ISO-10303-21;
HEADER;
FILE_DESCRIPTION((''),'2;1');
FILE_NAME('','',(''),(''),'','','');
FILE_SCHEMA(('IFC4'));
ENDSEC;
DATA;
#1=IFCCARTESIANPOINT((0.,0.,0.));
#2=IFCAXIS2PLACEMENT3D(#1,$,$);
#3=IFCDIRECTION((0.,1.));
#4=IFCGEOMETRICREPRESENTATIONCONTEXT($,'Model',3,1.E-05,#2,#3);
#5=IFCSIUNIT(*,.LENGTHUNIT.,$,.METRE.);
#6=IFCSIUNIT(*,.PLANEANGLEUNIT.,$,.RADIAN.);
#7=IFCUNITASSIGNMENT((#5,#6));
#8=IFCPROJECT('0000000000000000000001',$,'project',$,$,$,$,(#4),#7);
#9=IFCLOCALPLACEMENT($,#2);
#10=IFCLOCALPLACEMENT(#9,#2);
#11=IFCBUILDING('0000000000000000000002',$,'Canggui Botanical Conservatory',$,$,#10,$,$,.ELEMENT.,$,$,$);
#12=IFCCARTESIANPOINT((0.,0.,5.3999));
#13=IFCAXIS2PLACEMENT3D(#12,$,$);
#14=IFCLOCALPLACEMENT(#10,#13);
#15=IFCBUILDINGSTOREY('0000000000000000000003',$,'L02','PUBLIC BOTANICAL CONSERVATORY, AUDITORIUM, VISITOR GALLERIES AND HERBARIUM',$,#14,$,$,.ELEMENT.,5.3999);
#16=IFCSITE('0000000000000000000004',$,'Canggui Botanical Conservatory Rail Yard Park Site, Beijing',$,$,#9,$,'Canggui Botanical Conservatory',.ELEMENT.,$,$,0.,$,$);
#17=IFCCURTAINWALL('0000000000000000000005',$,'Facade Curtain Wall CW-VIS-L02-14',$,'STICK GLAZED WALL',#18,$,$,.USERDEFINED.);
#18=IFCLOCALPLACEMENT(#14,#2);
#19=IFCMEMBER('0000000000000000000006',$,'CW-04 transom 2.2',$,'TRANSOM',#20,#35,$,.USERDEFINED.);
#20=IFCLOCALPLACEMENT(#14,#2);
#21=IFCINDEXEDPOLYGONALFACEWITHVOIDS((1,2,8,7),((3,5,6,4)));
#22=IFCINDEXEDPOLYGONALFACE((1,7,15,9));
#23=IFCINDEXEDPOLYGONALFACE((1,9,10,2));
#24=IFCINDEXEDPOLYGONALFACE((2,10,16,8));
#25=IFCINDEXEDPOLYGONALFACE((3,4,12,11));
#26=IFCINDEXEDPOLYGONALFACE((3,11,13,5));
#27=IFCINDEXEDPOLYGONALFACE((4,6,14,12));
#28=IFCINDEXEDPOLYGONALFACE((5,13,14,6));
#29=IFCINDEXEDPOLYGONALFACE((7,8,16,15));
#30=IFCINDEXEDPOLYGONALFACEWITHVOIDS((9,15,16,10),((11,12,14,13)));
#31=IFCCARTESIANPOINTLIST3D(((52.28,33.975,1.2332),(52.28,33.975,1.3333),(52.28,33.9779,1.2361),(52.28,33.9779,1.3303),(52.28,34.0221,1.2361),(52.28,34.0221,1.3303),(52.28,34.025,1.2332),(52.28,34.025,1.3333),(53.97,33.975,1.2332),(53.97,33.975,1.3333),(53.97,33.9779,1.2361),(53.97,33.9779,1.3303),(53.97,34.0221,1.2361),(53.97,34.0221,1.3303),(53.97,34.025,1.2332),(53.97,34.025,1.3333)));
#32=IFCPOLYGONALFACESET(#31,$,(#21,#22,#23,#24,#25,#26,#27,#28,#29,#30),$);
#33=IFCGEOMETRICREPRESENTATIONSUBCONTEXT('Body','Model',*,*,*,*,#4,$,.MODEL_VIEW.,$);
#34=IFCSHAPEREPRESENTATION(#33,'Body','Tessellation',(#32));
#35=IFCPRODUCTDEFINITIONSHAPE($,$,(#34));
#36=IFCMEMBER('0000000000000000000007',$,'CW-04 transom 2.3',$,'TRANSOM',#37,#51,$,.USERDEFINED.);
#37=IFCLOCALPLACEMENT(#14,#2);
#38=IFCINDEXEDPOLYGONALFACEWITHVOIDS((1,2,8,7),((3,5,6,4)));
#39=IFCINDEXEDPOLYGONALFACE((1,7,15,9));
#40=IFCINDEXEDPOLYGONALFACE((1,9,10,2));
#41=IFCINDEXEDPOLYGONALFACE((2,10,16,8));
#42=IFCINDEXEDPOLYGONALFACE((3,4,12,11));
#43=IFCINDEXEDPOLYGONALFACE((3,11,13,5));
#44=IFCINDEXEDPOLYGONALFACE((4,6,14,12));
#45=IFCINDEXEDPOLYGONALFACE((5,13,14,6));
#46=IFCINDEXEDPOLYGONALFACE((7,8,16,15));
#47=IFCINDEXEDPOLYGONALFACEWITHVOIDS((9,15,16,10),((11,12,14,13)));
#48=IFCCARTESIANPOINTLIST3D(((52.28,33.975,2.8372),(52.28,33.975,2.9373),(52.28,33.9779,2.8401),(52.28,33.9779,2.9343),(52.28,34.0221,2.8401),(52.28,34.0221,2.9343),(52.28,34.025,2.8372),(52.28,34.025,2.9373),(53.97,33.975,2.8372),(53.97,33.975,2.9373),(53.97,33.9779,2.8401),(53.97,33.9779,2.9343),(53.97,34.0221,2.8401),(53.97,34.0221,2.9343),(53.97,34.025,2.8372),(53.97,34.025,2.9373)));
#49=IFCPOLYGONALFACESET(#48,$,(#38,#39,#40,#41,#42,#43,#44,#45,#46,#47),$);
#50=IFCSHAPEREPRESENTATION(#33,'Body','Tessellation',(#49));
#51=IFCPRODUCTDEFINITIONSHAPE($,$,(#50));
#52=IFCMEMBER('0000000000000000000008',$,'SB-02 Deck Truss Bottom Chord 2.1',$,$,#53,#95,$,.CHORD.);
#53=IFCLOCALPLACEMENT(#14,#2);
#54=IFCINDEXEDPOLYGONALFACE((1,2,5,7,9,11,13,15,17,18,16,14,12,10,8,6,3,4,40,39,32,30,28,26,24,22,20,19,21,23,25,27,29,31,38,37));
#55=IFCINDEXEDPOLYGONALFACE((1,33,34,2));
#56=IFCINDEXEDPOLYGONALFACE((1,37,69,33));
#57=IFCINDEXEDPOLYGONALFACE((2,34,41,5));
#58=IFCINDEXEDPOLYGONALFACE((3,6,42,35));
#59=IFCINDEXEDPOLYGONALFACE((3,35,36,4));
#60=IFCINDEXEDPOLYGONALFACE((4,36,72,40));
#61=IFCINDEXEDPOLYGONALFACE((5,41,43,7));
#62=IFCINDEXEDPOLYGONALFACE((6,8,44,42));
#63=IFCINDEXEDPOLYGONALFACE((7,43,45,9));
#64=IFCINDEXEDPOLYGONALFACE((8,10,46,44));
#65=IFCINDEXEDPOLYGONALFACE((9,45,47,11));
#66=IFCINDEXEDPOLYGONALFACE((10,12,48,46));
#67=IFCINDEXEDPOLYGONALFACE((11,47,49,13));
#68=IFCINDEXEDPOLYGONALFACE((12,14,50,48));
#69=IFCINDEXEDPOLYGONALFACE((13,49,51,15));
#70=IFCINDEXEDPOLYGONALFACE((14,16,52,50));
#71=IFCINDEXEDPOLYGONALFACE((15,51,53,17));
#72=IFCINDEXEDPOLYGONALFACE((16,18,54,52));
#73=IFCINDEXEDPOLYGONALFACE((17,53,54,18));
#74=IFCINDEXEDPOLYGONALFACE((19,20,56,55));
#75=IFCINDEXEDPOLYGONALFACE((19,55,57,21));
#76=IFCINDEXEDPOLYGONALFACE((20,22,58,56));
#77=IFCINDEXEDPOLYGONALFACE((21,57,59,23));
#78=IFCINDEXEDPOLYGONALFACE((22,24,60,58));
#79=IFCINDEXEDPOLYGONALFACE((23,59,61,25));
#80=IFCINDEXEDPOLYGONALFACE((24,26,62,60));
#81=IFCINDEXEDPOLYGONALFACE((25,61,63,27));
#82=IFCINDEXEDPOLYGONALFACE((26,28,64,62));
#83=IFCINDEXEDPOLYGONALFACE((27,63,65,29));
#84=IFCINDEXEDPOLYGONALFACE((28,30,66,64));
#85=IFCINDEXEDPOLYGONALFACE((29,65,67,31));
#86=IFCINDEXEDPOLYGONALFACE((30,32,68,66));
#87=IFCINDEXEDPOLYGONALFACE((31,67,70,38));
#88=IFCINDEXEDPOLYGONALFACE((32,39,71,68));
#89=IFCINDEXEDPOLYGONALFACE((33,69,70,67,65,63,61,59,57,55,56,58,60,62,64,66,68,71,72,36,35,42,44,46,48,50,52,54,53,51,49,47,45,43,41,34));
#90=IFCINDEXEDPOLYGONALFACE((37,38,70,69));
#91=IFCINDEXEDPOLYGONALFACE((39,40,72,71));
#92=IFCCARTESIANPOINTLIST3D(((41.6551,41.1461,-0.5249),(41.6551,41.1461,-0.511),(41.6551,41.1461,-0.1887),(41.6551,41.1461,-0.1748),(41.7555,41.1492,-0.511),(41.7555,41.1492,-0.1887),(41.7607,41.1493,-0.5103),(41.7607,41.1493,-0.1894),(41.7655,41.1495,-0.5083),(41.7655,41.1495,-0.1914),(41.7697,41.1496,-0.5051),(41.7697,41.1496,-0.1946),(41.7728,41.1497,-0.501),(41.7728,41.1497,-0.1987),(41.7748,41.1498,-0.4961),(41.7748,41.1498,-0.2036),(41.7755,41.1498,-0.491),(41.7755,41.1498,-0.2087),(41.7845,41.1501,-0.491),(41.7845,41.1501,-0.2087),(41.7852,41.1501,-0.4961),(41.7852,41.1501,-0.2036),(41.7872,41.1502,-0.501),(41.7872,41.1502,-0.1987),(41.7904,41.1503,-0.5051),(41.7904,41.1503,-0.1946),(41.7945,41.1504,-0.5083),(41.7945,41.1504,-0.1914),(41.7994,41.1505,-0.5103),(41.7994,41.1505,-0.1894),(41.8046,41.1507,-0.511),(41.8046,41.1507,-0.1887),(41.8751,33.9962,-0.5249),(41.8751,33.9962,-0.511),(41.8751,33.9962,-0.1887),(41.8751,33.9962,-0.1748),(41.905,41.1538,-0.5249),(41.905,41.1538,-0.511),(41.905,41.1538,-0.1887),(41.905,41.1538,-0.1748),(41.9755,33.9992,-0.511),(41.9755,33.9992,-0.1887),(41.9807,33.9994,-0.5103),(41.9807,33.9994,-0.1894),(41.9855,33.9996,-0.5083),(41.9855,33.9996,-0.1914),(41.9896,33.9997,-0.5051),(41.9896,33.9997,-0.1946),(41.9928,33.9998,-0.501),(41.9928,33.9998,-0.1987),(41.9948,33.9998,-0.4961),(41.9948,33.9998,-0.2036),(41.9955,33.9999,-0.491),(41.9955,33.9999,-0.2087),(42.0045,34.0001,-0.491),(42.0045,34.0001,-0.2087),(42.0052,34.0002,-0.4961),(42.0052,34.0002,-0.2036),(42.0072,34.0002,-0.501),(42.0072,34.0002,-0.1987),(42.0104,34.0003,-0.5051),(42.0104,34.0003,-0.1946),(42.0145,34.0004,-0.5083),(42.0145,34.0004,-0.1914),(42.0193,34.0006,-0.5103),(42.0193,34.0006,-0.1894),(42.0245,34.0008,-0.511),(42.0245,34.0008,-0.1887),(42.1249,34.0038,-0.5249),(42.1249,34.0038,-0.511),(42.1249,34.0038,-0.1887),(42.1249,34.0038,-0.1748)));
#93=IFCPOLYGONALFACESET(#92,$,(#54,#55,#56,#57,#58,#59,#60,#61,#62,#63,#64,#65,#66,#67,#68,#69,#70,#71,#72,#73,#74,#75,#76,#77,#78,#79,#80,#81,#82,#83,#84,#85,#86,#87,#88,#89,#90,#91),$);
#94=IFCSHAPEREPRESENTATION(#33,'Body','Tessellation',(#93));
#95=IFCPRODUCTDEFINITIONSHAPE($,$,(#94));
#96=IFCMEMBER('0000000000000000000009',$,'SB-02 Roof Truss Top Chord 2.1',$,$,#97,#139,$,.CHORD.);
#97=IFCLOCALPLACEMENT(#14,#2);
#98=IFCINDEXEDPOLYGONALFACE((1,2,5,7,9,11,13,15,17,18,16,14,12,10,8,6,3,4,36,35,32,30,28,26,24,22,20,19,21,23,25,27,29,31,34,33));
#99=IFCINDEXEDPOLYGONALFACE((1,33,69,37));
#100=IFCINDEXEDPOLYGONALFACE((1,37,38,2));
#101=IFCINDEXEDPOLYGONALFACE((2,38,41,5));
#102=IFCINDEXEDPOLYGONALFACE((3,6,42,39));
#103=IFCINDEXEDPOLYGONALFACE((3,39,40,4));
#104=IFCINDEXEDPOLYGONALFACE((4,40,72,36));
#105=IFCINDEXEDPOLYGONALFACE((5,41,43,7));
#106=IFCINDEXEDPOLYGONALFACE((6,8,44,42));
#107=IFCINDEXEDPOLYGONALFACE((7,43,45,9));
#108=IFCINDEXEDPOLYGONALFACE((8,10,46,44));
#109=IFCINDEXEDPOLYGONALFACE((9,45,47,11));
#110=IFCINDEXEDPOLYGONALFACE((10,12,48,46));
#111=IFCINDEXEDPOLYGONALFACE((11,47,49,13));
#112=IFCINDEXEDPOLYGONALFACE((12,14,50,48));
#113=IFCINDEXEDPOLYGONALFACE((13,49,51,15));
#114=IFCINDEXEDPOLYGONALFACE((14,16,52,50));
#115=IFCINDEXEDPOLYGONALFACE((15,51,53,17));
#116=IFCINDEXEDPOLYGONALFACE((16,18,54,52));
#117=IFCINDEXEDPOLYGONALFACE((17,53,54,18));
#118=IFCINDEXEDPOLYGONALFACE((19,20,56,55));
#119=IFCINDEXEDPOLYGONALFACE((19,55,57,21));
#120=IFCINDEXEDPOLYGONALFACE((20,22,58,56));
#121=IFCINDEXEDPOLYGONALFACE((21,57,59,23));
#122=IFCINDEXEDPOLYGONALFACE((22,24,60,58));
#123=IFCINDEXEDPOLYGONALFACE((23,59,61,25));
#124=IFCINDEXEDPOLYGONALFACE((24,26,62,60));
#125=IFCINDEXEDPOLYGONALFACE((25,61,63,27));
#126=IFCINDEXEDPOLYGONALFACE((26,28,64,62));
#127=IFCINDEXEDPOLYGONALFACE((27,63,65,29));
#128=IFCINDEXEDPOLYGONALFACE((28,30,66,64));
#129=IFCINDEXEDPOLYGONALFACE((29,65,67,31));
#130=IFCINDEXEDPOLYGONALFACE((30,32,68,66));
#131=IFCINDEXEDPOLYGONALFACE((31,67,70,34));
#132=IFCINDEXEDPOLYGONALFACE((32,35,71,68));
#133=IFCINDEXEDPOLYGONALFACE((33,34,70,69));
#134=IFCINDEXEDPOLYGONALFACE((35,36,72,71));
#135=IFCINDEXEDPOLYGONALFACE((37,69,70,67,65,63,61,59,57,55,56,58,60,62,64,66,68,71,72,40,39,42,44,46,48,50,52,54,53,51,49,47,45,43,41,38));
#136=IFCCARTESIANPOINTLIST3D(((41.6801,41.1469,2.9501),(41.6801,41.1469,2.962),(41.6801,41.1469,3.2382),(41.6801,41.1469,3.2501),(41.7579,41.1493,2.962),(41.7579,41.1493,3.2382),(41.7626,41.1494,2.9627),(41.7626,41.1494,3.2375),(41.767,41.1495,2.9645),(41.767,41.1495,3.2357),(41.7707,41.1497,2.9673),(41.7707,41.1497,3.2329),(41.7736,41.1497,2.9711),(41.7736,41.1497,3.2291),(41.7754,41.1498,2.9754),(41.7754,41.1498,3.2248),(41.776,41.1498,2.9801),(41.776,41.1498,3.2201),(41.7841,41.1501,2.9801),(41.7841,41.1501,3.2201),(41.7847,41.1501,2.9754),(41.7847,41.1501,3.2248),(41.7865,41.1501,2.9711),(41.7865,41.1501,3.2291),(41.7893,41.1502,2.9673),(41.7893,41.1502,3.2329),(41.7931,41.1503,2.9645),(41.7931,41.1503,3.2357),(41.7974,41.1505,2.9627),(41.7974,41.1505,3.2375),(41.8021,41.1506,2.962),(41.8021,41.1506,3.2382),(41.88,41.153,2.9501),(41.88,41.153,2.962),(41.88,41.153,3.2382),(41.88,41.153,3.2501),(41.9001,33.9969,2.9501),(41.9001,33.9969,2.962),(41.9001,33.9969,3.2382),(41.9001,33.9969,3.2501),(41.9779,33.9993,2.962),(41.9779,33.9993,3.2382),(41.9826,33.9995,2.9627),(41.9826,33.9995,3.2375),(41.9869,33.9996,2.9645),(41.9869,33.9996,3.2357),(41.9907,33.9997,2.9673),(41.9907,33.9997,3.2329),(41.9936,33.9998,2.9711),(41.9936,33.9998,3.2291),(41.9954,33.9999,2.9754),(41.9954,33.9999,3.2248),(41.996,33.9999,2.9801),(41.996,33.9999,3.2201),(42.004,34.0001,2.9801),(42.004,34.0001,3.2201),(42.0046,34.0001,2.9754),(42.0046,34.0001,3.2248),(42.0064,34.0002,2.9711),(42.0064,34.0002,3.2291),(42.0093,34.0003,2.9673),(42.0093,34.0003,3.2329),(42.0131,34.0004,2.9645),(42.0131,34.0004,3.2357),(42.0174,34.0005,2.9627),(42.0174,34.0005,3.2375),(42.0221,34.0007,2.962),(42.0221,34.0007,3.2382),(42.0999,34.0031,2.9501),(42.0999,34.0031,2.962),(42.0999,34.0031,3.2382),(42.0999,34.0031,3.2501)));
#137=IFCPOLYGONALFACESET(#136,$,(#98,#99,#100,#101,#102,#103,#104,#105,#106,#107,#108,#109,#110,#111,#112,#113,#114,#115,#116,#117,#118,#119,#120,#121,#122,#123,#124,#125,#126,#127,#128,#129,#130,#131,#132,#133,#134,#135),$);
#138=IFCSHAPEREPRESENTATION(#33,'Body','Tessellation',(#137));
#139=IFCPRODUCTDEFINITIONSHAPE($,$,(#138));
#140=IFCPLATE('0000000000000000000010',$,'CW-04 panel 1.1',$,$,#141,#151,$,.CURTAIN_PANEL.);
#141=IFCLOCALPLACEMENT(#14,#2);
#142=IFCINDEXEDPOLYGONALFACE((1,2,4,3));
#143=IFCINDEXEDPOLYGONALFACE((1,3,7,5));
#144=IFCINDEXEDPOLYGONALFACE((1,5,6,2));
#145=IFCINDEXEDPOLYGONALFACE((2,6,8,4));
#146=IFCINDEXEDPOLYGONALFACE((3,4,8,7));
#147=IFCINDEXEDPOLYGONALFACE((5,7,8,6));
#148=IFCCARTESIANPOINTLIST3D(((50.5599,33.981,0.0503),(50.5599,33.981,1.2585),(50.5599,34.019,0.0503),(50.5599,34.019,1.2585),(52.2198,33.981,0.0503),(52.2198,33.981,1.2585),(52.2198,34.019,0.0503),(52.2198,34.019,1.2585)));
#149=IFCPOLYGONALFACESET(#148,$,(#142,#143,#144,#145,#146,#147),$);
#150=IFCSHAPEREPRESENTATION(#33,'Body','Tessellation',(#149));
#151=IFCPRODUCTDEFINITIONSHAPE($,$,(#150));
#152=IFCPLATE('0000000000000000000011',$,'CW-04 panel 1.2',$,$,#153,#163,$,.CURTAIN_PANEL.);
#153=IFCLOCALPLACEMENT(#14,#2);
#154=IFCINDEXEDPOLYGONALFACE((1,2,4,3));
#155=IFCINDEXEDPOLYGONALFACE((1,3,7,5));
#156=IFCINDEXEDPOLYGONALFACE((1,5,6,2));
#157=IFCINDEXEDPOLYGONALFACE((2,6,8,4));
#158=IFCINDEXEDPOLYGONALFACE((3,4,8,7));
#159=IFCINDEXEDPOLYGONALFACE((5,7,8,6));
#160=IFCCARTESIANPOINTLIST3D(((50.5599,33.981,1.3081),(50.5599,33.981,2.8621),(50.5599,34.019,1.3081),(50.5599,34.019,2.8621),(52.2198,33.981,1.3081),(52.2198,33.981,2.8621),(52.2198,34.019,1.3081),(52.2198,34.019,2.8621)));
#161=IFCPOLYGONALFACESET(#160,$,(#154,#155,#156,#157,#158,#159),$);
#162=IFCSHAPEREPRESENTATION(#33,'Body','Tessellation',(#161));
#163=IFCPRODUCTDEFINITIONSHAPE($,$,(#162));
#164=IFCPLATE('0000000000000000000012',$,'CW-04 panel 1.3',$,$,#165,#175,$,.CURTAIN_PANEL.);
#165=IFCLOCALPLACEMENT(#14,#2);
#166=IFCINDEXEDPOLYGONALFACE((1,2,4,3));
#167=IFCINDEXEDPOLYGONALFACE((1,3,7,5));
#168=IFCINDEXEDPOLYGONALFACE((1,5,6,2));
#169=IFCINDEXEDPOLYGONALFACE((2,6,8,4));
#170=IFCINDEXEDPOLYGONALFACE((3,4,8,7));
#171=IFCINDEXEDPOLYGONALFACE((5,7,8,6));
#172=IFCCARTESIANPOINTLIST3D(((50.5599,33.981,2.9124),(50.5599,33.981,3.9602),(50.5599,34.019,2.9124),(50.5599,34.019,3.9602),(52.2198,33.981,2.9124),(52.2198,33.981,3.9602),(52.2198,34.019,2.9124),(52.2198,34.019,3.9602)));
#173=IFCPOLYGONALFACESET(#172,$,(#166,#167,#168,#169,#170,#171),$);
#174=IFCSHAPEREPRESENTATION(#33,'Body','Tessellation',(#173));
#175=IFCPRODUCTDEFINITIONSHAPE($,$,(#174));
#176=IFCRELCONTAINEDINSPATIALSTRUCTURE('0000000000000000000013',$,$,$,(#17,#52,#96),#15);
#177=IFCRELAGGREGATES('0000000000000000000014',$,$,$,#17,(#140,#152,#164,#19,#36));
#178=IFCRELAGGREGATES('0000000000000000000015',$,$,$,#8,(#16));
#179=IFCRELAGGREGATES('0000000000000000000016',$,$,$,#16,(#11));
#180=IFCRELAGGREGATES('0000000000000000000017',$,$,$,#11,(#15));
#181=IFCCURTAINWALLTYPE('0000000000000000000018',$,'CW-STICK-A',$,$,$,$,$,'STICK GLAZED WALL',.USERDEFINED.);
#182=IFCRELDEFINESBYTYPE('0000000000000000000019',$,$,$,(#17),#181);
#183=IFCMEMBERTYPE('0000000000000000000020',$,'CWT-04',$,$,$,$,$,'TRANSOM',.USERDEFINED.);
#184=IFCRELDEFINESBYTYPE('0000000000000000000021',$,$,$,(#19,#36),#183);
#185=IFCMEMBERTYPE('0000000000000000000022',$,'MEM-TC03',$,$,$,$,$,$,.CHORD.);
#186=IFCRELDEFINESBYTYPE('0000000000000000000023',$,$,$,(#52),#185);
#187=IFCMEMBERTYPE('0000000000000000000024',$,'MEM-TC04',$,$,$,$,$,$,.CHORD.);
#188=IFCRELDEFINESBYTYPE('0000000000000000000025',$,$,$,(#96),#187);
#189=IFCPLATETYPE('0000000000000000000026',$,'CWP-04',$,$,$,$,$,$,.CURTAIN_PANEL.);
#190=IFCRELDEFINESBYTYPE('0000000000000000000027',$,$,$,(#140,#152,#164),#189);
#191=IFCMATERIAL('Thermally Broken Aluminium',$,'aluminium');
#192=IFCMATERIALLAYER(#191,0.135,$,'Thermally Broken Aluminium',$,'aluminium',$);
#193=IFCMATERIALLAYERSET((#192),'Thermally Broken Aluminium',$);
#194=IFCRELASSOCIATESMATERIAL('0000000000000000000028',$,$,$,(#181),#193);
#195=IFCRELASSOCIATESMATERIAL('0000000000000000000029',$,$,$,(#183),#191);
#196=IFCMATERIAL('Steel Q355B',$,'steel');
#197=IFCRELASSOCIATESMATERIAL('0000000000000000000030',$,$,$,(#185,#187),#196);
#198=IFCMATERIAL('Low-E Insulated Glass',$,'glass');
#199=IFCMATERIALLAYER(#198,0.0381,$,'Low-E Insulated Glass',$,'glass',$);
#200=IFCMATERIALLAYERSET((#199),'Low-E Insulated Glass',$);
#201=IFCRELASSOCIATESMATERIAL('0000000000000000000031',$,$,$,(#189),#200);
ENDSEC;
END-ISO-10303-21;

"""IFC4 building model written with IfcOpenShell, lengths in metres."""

from ifc_helpers import new_model, si_unit, direction, frame, origin, origin_2d, place, context, subcontext, project, spatial, rectangle, hollow_rectangle, i_section, extrude, material, layer, layer_set, material_profile, profile_set, type_object, element, aggregate, save


model = new_model("IFC4")

# Units and contexts
model_context = context("Model", 3, precision=1e-05, world=origin(), true_north=direction((0.0, 1.0)))
body_context = subcontext(model_context, "Body", "Model", "MODEL_VIEW")
ifc_project = project(units=[si_unit("LENGTHUNIT", "METRE"), si_unit("PLANEANGLEUNIT", "RADIAN")], contexts=[model_context])

# Site, building, storey
site_placement = place(None, origin())
site = spatial("IfcSite", under=ifc_project, at=site_placement, Name="Canggui Botanical Conservatory Rail Yard Park Site, Beijing", LongName="Canggui Botanical Conservatory", CompositionType="ELEMENT", RefElevation=0.0)
building_placement = place(site_placement, origin())
building = spatial("IfcBuilding", under=site, at=building_placement, Name="Canggui Botanical Conservatory", CompositionType="ELEMENT")
storey_placement = place(building_placement, frame((0.0, 0.0, 5.3999)))
storey = spatial("IfcBuildingStorey", under=building, at=storey_placement, Name="L02", Description="PUBLIC BOTANICAL CONSERVATORY, AUDITORIUM, VISITOR GALLERIES AND HERBARIUM", CompositionType="ELEMENT", Elevation=5.3999)

# Shared definitions
ifc_material_1 = material(Name="Steel Q355B", Category="steel")

# Curtain wall, members
ifc_material_2 = material(Name="Thermally Broken Aluminium", Category="aluminium")
ifc_layer_1 = layer(ifc_material_2, 0.135, Name="Thermally Broken Aluminium", Category="aluminium")
ifc_layer_set_1 = layer_set([ifc_layer_1], Name="Thermally Broken Aluminium")
curtain_wall_type = type_object("IfcCurtainWallType", Name="CW-STICK-A", ElementType="STICK GLAZED WALL", PredefinedType="USERDEFINED", material=ifc_layer_set_1)
curtain_wall_placement = place(storey_placement, origin())
curtain_wall = element("IfcCurtainWall", 1, at=curtain_wall_placement, inside=storey, type_object=curtain_wall_type, Name="Facade Curtain Wall CW-VIS-L02-14", ObjectType="STICK GLAZED WALL", PredefinedType="USERDEFINED")
ifc_material_profile_1 = material_profile(ifc_material_2, hollow_rectangle(XDim=0.05, YDim=0.1001, WallThickness=0.0029, at=origin_2d()), Name="CWT 50x100x3")
ifc_profile_set_1 = profile_set([ifc_material_profile_1], Name="Thermally Broken Aluminium")
member_type_1 = type_object("IfcMemberType", Name="CWT-04", ElementType="TRANSOM", PredefinedType="USERDEFINED", material=ifc_profile_set_1)
member_1_placement = place(storey_placement, frame((52.28, 34.0, 1.2832), z_axis=(1.0, 0.0, 0.0), x_axis=(0.0, 1.0, 0.0)))
member_1 = element("IfcMember", 2, at=member_1_placement, type_object=member_type_1, Name="CW-04 transom 2.2", ObjectType="TRANSOM", PredefinedType="USERDEFINED", context=body_context, shape_type="SweptSolid", body=[
    extrude(hollow_rectangle(XDim=0.05, YDim=0.1001, WallThickness=0.0029, at=origin_2d()), origin(), (0.0, 0.0, 1.0), 1.6899),
])
member_2_placement = place(storey_placement, frame((52.28, 34.0, 2.8872), z_axis=(1.0, 0.0, 0.0), x_axis=(0.0, 1.0, 0.0)))
member_2 = element("IfcMember", 3, at=member_2_placement, type_object=member_type_1, Name="CW-04 transom 2.3", ObjectType="TRANSOM", PredefinedType="USERDEFINED", context=body_context, shape_type="SweptSolid", body=[
    extrude(hollow_rectangle(XDim=0.05, YDim=0.1001, WallThickness=0.0029, at=origin_2d()), origin(), (0.0, 0.0, 1.0), 1.6899),
])

# Members
ifc_material_profile_2 = material_profile(ifc_material_1, i_section(OverallWidth=0.25, OverallDepth=0.3501, WebThickness=0.009, FlangeThickness=0.0139, FilletRadius=0.02, at=origin_2d()), Name="HM 350x250x9x14")
ifc_profile_set_2 = profile_set([ifc_material_profile_2], Name="Steel Q355B")
member_type_2 = type_object("IfcMemberType", Name="MEM-TC03", PredefinedType="CHORD", material=ifc_profile_set_2)
member_3_placement = place(storey_placement, frame((42.0, 34.0, -0.3499), z_axis=(-0.030751, 0.999527, 0.0), x_axis=(-0.999527, -0.030751, 0.0)))
element("IfcMember", 4, at=member_3_placement, inside=storey, type_object=member_type_2, Name="SB-02 Deck Truss Bottom Chord 2.1", PredefinedType="CHORD", context=body_context, shape_type="SweptSolid", body=[
    extrude(i_section(OverallWidth=0.25, OverallDepth=0.3501, WebThickness=0.009, FlangeThickness=0.0139, FilletRadius=0.02, at=origin_2d()), origin(), (0.0, 0.0, 1.0), 7.1533),
])
ifc_material_profile_3 = material_profile(ifc_material_1, i_section(OverallWidth=0.2, OverallDepth=0.3, WebThickness=0.0081, FlangeThickness=0.012, FilletRadius=0.0181, at=origin_2d()), Name="HM 300x200x8x12")
ifc_profile_set_3 = profile_set([ifc_material_profile_3], Name="Steel Q355B")
member_type_3 = type_object("IfcMemberType", Name="MEM-TC04", PredefinedType="CHORD", material=ifc_profile_set_3)
member_4_placement = place(storey_placement, frame((42.0, 34.0, 3.1001), z_axis=(-0.030751, 0.999527, 0.0), x_axis=(-0.999527, -0.030751, 0.0)))
element("IfcMember", 5, at=member_4_placement, inside=storey, type_object=member_type_3, Name="SB-02 Roof Truss Top Chord 2.1", PredefinedType="CHORD", context=body_context, shape_type="SweptSolid", body=[
    extrude(i_section(OverallWidth=0.2, OverallDepth=0.3, WebThickness=0.0081, FlangeThickness=0.012, FilletRadius=0.0181, at=origin_2d()), origin(), (0.0, 0.0, 1.0), 7.1533),
])

# Plates
ifc_material_3 = material(Name="Low-E Insulated Glass", Category="glass")
ifc_layer_2 = layer(ifc_material_3, 0.0381, Name="Low-E Insulated Glass", Category="glass")
ifc_layer_set_2 = layer_set([ifc_layer_2], Name="Low-E Insulated Glass")
plate_type = type_object("IfcPlateType", Name="CWP-04", PredefinedType="CURTAIN_PANEL", material=ifc_layer_set_2)
plate_1_placement = place(storey_placement, frame((51.3899, 34.0, 0.0503), z_axis=(0.0, 0.0, 1.0), x_axis=(1.0, 0.0, 0.0)))
plate_1 = element("IfcPlate", 6, at=plate_1_placement, type_object=plate_type, Name="CW-04 panel 1.1", PredefinedType="CURTAIN_PANEL", context=body_context, shape_type="SweptSolid", body=[
    extrude(rectangle(XDim=1.6599, YDim=0.0381, at=origin_2d()), origin(), (0.0, 0.0, 1.0), 1.2083),
])
plate_2_placement = place(storey_placement, frame((51.3899, 34.0, 1.3081), z_axis=(0.0, 0.0, 1.0), x_axis=(1.0, 0.0, 0.0)))
plate_2 = element("IfcPlate", 7, at=plate_2_placement, type_object=plate_type, Name="CW-04 panel 1.2", PredefinedType="CURTAIN_PANEL", context=body_context, shape_type="SweptSolid", body=[
    extrude(rectangle(XDim=1.6599, YDim=0.0381, at=origin_2d()), origin(), (0.0, 0.0, 1.0), 1.554),
])
plate_3_placement = place(storey_placement, frame((51.3899, 34.0, 2.9124), z_axis=(0.0, 0.0, 1.0), x_axis=(1.0, 0.0, 0.0)))
plate_3 = element("IfcPlate", 8, at=plate_3_placement, type_object=plate_type, Name="CW-04 panel 1.3", PredefinedType="CURTAIN_PANEL", context=body_context, shape_type="SweptSolid", body=[
    extrude(rectangle(XDim=1.6599, YDim=0.0381, at=origin_2d()), origin(), (0.0, 0.0, 1.0), 1.0479),
])
aggregate(curtain_wall, [plate_1, plate_2, plate_3, member_1, member_2])

save(model, "model.ifc")
